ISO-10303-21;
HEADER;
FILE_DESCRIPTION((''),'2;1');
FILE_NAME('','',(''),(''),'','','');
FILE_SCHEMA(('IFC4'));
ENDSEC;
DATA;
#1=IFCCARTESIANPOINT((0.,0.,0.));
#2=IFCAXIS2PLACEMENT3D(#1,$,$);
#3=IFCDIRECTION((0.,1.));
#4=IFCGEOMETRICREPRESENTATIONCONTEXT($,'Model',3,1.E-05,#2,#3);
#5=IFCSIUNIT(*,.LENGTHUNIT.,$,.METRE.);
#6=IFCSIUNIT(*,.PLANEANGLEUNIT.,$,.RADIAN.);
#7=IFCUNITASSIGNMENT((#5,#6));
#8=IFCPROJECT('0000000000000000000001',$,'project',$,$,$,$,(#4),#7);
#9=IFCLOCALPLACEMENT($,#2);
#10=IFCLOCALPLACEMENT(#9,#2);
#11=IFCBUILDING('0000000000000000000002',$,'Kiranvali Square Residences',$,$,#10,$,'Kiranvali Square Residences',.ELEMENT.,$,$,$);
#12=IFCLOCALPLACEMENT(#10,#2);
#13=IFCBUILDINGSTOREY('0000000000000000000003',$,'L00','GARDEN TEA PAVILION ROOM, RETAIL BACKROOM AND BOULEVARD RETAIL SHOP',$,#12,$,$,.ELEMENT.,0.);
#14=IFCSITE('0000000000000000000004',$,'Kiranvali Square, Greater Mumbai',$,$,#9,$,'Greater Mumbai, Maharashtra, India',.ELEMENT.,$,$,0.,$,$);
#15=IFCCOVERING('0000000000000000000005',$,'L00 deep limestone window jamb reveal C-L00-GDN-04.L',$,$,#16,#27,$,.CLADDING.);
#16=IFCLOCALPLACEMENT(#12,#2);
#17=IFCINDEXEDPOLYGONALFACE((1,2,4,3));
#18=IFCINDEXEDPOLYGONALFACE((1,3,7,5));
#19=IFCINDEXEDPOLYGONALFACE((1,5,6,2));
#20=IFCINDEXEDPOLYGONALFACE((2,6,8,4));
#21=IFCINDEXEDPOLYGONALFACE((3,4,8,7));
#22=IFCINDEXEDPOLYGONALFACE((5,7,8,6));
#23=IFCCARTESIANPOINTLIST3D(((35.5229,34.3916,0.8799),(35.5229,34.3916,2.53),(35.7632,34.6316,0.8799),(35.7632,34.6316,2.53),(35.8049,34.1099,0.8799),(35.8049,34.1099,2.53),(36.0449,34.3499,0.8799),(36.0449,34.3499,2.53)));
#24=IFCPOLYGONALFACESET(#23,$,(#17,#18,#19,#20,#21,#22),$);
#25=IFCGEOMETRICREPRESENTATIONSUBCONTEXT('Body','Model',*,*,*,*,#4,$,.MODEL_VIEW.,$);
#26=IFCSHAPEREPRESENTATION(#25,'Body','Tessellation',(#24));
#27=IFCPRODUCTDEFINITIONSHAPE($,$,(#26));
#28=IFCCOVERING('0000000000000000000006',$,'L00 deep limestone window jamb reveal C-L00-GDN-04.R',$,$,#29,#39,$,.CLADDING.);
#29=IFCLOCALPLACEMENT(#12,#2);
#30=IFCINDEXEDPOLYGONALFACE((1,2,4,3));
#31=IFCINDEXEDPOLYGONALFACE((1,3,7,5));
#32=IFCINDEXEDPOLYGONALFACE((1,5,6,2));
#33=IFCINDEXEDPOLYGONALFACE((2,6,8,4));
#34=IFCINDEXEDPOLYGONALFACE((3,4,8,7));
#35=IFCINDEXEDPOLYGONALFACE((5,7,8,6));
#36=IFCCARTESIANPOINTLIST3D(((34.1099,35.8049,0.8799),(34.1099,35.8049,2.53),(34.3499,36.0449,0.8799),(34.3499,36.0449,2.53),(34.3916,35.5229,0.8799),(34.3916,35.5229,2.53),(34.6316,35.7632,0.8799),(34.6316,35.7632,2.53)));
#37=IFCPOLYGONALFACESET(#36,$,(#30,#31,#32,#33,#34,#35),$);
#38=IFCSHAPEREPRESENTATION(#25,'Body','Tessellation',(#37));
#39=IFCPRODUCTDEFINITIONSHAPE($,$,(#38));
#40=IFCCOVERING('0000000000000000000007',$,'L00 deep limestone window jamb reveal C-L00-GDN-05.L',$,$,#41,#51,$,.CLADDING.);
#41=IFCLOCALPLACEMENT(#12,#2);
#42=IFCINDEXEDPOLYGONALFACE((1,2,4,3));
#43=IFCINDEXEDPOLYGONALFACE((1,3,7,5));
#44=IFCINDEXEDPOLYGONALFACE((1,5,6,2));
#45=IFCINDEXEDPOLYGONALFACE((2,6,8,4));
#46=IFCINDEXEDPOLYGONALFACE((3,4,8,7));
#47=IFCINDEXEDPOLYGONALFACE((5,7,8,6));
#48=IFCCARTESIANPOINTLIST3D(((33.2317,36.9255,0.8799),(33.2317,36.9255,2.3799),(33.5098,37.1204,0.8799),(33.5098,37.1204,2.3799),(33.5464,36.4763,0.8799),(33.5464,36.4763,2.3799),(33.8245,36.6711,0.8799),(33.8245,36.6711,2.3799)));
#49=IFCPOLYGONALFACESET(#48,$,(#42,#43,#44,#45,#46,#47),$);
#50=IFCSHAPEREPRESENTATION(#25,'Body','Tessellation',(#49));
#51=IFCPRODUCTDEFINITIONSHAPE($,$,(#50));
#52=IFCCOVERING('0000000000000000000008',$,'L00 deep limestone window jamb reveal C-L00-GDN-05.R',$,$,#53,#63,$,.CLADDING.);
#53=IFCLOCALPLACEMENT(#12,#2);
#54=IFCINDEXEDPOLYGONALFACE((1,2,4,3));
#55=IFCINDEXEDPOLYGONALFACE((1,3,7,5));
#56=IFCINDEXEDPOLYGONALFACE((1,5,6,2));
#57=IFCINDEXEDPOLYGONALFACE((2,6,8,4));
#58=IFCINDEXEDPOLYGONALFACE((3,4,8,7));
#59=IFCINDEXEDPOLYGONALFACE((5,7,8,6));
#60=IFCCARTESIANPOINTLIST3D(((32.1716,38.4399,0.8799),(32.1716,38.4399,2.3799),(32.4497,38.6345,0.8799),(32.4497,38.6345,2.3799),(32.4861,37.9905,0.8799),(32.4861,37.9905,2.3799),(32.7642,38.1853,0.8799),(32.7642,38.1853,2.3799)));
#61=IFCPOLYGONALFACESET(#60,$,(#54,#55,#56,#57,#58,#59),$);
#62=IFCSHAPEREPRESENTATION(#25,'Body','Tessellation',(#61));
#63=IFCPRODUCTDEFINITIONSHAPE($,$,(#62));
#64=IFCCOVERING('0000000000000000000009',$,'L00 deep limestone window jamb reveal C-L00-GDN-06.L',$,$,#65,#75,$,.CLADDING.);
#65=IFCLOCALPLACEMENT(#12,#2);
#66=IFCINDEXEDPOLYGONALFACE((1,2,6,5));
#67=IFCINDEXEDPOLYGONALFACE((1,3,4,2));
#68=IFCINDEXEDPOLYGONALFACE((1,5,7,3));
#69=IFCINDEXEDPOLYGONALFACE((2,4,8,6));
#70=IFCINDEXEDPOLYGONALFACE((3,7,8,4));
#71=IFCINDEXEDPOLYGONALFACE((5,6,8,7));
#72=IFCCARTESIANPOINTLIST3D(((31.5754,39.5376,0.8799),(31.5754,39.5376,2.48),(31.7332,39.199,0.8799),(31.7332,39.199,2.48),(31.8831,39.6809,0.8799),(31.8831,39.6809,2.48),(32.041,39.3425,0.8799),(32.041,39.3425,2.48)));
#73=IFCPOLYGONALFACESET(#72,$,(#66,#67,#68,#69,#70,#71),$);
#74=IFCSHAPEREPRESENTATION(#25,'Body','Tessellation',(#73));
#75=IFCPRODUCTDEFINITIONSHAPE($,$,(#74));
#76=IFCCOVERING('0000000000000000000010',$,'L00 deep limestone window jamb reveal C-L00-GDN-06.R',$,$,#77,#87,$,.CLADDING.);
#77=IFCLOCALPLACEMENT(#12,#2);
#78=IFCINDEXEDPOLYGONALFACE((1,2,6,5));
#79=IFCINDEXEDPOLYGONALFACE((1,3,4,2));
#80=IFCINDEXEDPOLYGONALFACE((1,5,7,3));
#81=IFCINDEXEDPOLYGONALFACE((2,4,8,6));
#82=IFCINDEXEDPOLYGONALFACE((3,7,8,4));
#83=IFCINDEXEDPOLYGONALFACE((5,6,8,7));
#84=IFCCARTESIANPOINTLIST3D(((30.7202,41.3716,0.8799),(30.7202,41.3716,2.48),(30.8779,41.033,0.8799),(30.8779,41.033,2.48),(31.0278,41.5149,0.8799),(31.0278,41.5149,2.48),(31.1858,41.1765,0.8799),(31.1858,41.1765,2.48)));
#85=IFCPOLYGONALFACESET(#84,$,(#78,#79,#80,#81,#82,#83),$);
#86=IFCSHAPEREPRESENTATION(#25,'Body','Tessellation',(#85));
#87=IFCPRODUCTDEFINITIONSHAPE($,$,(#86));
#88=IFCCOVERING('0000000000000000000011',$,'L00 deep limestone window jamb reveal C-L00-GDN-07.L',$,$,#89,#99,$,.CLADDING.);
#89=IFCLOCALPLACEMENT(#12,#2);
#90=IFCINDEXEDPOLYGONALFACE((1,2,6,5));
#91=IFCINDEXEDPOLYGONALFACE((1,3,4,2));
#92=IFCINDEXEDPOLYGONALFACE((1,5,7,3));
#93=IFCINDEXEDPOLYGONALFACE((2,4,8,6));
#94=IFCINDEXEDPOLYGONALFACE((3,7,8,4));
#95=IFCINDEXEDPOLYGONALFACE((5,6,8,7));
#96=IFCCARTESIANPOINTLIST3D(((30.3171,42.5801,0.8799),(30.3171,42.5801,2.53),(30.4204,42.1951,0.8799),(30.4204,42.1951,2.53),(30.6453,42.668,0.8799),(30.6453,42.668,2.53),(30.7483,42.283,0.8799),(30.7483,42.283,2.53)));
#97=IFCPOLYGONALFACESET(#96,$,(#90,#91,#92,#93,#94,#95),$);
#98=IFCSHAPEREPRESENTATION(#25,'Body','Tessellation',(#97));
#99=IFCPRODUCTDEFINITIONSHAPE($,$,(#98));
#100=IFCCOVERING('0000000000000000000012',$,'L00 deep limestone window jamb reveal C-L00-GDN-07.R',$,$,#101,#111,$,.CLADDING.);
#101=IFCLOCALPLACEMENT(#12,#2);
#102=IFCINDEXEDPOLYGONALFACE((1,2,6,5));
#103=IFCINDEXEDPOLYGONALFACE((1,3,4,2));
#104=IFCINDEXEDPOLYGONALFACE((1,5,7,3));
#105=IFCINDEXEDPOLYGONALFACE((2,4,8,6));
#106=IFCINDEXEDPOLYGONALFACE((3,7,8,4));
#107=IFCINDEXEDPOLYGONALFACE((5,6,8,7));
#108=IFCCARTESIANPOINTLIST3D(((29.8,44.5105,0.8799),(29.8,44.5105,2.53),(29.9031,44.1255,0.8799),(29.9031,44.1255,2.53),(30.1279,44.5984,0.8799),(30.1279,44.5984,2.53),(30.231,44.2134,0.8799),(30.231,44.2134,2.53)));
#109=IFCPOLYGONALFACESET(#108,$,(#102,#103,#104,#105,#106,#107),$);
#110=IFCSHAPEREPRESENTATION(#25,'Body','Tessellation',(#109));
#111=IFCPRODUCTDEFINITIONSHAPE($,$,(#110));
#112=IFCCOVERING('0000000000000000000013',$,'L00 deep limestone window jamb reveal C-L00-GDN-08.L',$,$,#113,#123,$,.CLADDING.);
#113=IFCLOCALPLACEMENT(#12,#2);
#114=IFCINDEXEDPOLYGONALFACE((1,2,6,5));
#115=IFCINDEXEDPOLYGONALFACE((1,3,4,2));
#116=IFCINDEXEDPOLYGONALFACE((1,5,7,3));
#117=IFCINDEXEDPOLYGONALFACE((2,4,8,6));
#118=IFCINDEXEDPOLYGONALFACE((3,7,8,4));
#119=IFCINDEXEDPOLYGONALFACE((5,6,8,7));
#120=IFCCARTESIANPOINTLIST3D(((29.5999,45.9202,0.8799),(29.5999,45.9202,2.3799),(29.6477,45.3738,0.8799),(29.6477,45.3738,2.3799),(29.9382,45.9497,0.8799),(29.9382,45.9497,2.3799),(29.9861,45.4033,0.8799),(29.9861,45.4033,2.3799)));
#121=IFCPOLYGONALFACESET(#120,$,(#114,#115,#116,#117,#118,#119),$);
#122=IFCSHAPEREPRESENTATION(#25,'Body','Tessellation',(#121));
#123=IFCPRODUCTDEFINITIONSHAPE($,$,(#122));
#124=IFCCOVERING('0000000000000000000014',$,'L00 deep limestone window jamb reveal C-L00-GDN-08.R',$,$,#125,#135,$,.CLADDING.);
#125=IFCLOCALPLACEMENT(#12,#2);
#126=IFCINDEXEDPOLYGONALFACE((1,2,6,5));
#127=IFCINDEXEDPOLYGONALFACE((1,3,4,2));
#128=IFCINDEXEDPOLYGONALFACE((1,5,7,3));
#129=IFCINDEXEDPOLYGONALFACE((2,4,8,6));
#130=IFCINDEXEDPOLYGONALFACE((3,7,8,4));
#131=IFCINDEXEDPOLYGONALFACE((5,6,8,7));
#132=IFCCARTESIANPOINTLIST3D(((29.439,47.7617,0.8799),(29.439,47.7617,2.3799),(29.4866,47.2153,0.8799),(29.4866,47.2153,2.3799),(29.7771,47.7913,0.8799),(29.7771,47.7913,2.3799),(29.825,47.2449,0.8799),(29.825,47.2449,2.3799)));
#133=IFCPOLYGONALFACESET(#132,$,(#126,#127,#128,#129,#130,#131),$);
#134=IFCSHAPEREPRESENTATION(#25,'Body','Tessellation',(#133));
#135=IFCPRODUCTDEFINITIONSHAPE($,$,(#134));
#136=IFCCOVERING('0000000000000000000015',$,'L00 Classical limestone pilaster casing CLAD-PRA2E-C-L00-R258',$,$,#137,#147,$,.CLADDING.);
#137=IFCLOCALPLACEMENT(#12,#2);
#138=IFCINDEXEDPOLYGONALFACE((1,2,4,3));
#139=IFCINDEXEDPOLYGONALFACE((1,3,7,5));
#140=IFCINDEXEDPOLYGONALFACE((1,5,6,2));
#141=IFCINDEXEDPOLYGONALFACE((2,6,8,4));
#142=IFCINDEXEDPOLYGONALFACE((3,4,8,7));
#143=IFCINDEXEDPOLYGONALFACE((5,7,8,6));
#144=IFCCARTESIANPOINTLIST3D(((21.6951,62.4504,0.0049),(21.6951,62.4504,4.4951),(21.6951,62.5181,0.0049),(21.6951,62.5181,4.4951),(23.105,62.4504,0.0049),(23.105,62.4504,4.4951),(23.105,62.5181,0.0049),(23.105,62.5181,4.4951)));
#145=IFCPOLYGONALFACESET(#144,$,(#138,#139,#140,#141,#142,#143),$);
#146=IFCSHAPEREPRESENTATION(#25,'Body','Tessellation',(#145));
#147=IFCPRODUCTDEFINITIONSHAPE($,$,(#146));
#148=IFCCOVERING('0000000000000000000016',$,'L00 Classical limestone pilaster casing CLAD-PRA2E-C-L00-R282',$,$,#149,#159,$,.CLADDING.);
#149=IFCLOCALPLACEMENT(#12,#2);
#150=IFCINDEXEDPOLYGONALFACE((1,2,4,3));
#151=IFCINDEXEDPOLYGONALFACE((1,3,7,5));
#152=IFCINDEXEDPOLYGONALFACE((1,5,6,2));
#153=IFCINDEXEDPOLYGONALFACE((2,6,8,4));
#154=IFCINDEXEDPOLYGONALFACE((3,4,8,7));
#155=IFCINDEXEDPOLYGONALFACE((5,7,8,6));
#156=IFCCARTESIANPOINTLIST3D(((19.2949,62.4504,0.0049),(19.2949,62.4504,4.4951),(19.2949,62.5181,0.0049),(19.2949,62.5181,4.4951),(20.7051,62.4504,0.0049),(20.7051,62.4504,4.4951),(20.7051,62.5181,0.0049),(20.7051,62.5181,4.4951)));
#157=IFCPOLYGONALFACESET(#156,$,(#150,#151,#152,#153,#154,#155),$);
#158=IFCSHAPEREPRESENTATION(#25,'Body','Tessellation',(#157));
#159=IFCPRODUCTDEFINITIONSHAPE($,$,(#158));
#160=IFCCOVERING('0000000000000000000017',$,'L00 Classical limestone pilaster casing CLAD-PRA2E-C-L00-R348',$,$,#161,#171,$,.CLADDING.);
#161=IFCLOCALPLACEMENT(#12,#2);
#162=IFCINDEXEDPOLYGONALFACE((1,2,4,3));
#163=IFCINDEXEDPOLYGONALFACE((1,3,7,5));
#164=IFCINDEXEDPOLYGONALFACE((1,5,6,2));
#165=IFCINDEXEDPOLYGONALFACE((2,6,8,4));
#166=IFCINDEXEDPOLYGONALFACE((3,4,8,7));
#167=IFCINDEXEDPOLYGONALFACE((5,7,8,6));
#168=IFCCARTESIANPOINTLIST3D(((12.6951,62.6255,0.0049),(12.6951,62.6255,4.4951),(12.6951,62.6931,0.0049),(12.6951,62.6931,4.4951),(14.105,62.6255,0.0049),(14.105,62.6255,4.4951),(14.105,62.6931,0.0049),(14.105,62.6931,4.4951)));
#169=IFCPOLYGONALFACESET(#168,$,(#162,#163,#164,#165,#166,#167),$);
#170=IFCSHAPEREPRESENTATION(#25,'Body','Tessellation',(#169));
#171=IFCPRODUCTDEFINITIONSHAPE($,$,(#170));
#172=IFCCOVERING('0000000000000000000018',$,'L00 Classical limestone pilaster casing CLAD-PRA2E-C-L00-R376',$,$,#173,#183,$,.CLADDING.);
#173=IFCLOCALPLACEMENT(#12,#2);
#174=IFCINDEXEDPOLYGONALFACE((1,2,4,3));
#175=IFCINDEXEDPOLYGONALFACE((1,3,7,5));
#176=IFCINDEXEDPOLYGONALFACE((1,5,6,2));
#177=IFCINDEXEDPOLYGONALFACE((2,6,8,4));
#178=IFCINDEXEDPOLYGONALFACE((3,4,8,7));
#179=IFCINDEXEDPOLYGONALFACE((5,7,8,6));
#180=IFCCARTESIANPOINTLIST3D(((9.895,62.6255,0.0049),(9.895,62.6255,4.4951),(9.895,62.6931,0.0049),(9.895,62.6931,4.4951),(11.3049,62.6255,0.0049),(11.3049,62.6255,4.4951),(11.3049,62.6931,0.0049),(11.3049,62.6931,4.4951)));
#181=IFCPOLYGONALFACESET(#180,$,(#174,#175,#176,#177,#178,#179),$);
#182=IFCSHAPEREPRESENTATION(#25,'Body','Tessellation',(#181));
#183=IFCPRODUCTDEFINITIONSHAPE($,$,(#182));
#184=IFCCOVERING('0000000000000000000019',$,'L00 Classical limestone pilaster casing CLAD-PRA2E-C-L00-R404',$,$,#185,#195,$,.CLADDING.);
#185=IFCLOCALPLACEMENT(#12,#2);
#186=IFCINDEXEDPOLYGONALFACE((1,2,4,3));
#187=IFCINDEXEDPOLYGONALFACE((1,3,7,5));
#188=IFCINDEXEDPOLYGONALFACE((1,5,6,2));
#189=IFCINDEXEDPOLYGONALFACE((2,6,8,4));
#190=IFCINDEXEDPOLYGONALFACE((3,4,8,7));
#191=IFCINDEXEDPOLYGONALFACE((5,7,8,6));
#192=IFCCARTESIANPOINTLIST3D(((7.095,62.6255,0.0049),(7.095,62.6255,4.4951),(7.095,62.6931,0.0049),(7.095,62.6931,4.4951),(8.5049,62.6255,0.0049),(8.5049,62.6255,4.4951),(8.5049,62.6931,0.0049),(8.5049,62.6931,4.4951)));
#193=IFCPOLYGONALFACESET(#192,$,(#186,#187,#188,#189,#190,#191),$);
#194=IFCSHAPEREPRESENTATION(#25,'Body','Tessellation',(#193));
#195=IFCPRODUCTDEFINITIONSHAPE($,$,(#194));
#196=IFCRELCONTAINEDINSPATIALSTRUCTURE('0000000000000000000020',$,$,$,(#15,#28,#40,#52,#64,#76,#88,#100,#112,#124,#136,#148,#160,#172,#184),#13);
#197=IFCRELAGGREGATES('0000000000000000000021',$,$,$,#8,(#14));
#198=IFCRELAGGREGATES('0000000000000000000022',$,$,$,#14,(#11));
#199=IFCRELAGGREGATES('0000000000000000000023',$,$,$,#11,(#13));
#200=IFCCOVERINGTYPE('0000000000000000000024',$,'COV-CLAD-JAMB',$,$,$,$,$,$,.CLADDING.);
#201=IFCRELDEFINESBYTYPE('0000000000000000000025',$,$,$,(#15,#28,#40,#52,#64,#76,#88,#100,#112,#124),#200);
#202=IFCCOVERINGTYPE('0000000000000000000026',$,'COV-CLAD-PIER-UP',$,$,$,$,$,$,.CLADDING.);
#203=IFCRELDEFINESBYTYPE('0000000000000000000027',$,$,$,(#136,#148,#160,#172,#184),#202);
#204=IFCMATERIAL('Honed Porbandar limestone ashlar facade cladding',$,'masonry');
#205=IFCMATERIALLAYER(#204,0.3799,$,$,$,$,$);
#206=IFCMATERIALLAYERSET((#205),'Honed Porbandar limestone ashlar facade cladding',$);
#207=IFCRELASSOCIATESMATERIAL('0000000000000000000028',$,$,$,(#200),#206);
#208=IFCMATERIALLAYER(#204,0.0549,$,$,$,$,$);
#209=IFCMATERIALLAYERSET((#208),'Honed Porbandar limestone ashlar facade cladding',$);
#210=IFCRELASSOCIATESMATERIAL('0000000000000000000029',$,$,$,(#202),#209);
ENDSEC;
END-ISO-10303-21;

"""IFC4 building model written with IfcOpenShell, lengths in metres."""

from ifc_helpers import new_model, si_unit, direction, frame, origin, place, context, subcontext, project, spatial, polyline, outline, extrude, material, layer, layer_set, type_object, element, save


model = new_model("IFC4")

# Units and contexts
model_context = context("Model", 3, precision=1e-05, world=origin(), true_north=direction((0.0, 1.0)))
body_context = subcontext(model_context, "Body", "Model", "MODEL_VIEW")
ifc_project = project(units=[si_unit("LENGTHUNIT", "METRE"), si_unit("PLANEANGLEUNIT", "RADIAN")], contexts=[model_context])

# Site, building, storey
site_placement = place(None, origin())
site = spatial("IfcSite", under=ifc_project, at=site_placement, Name="Kiranvali Square, Greater Mumbai", LongName="Greater Mumbai, Maharashtra, India", CompositionType="ELEMENT", RefElevation=0.0)
building_placement = place(site_placement, origin())
building = spatial("IfcBuilding", under=site, at=building_placement, Name="Kiranvali Square Residences", LongName="Kiranvali Square Residences", CompositionType="ELEMENT")
storey_placement = place(building_placement, origin())
storey = spatial("IfcBuildingStorey", under=building, at=storey_placement, Name="L00", Description="GARDEN TEA PAVILION ROOM, RETAIL BACKROOM AND BOULEVARD RETAIL SHOP", CompositionType="ELEMENT", Elevation=0.0)

# Coverings
ifc_material = material(Name="Honed Porbandar limestone ashlar facade cladding", Category="masonry")
ifc_layer_1 = layer(ifc_material, 0.3799)
ifc_layer_set_1 = layer_set([ifc_layer_1], Name="Honed Porbandar limestone ashlar facade cladding")
covering_type_1 = type_object("IfcCoveringType", Name="COV-CLAD-JAMB", PredefinedType="CLADDING", material=ifc_layer_set_1)
covering_1_placement = place(storey_placement, frame((0.0, 0.0, 0.8799)))
element("IfcCovering", 1, at=covering_1_placement, inside=storey, type_object=covering_type_1, Name="L00 deep limestone window jamb reveal C-L00-GDN-04.L", PredefinedType="CLADDING", context=body_context, shape_type="SweptSolid", body=[
    extrude(outline(polyline([(36.0449, 34.3499), (35.7632, 34.6316), (35.5229, 34.3916), (35.8049, 34.1099), (36.0449, 34.3499)])), origin(), (0.0, 0.0, 1.0), 1.6501),
])
covering_2_placement = place(storey_placement, frame((0.0, 0.0, 0.8799)))
element("IfcCovering", 2, at=covering_2_placement, inside=storey, type_object=covering_type_1, Name="L00 deep limestone window jamb reveal C-L00-GDN-04.R", PredefinedType="CLADDING", context=body_context, shape_type="SweptSolid", body=[
    extrude(outline(polyline([(34.6316, 35.7632), (34.3499, 36.0449), (34.1099, 35.8049), (34.3916, 35.5229), (34.6316, 35.7632)])), origin(), (0.0, 0.0, 1.0), 1.6501),
])
covering_3_placement = place(storey_placement, frame((0.0, 0.0, 0.8799)))
element("IfcCovering", 3, at=covering_3_placement, inside=storey, type_object=covering_type_1, Name="L00 deep limestone window jamb reveal C-L00-GDN-05.L", PredefinedType="CLADDING", context=body_context, shape_type="SweptSolid", body=[
    extrude(outline(polyline([(33.8245, 36.6711), (33.5098, 37.1204), (33.2317, 36.9255), (33.5464, 36.4763), (33.8245, 36.6711)])), origin(), (0.0, 0.0, 1.0), 1.5),
])
covering_4_placement = place(storey_placement, frame((0.0, 0.0, 0.8799)))
element("IfcCovering", 4, at=covering_4_placement, inside=storey, type_object=covering_type_1, Name="L00 deep limestone window jamb reveal C-L00-GDN-05.R", PredefinedType="CLADDING", context=body_context, shape_type="SweptSolid", body=[
    extrude(outline(polyline([(32.7642, 38.1853), (32.4497, 38.6345), (32.1716, 38.4399), (32.4861, 37.9905), (32.7642, 38.1853)])), origin(), (0.0, 0.0, 1.0), 1.5),
])
covering_5_placement = place(storey_placement, frame((0.0, 0.0, 0.8799)))
element("IfcCovering", 5, at=covering_5_placement, inside=storey, type_object=covering_type_1, Name="L00 deep limestone window jamb reveal C-L00-GDN-06.L", PredefinedType="CLADDING", context=body_context, shape_type="SweptSolid", body=[
    extrude(outline(polyline([(32.041, 39.3425), (31.8831, 39.6809), (31.5754, 39.5376), (31.7332, 39.199), (32.041, 39.3425)])), origin(), (0.0, 0.0, 1.0), 1.6001),
])
covering_6_placement = place(storey_placement, frame((0.0, 0.0, 0.8799)))
element("IfcCovering", 6, at=covering_6_placement, inside=storey, type_object=covering_type_1, Name="L00 deep limestone window jamb reveal C-L00-GDN-06.R", PredefinedType="CLADDING", context=body_context, shape_type="SweptSolid", body=[
    extrude(outline(polyline([(31.1858, 41.1765), (31.0278, 41.5149), (30.7202, 41.3716), (30.8779, 41.033), (31.1858, 41.1765)])), origin(), (0.0, 0.0, 1.0), 1.6001),
])
covering_7_placement = place(storey_placement, frame((0.0, 0.0, 0.8799)))
element("IfcCovering", 7, at=covering_7_placement, inside=storey, type_object=covering_type_1, Name="L00 deep limestone window jamb reveal C-L00-GDN-07.L", PredefinedType="CLADDING", context=body_context, shape_type="SweptSolid", body=[
    extrude(outline(polyline([(30.7483, 42.283), (30.6453, 42.668), (30.3171, 42.5801), (30.4204, 42.1951), (30.7483, 42.283)])), origin(), (0.0, 0.0, 1.0), 1.6501),
])
covering_8_placement = place(storey_placement, frame((0.0, 0.0, 0.8799)))
element("IfcCovering", 8, at=covering_8_placement, inside=storey, type_object=covering_type_1, Name="L00 deep limestone window jamb reveal C-L00-GDN-07.R", PredefinedType="CLADDING", context=body_context, shape_type="SweptSolid", body=[
    extrude(outline(polyline([(30.231, 44.2134), (30.1279, 44.5984), (29.8, 44.5105), (29.9031, 44.1255), (30.231, 44.2134)])), origin(), (0.0, 0.0, 1.0), 1.6501),
])
covering_9_placement = place(storey_placement, frame((0.0, 0.0, 0.8799)))
element("IfcCovering", 9, at=covering_9_placement, inside=storey, type_object=covering_type_1, Name="L00 deep limestone window jamb reveal C-L00-GDN-08.L", PredefinedType="CLADDING", context=body_context, shape_type="SweptSolid", body=[
    extrude(outline(polyline([(29.9861, 45.4033), (29.9382, 45.9497), (29.5999, 45.9202), (29.6477, 45.3738), (29.9861, 45.4033)])), origin(), (0.0, 0.0, 1.0), 1.5),
])
covering_10_placement = place(storey_placement, frame((0.0, 0.0, 0.8799)))
element("IfcCovering", 10, at=covering_10_placement, inside=storey, type_object=covering_type_1, Name="L00 deep limestone window jamb reveal C-L00-GDN-08.R", PredefinedType="CLADDING", context=body_context, shape_type="SweptSolid", body=[
    extrude(outline(polyline([(29.825, 47.2449), (29.7771, 47.7913), (29.439, 47.7617), (29.4866, 47.2153), (29.825, 47.2449)])), origin(), (0.0, 0.0, 1.0), 1.5),
])
ifc_layer_2 = layer(ifc_material, 0.0549)
ifc_layer_set_2 = layer_set([ifc_layer_2], Name="Honed Porbandar limestone ashlar facade cladding")
covering_type_2 = type_object("IfcCoveringType", Name="COV-CLAD-PIER-UP", PredefinedType="CLADDING", material=ifc_layer_set_2)
covering_11_placement = place(storey_placement, frame((0.0, 0.0, 0.0049)))
element("IfcCovering", 11, at=covering_11_placement, inside=storey, type_object=covering_type_2, Name="L00 Classical limestone pilaster casing CLAD-PRA2E-C-L00-R258", PredefinedType="CLADDING", context=body_context, shape_type="SweptSolid", body=[
    extrude(outline(polyline([(23.105, 62.5181), (21.6951, 62.5181), (21.6951, 62.4504), (23.105, 62.4504), (23.105, 62.5181)])), origin(), (0.0, 0.0, 1.0), 4.4902),
])
covering_12_placement = place(storey_placement, frame((0.0, 0.0, 0.0049)))
element("IfcCovering", 12, at=covering_12_placement, inside=storey, type_object=covering_type_2, Name="L00 Classical limestone pilaster casing CLAD-PRA2E-C-L00-R282", PredefinedType="CLADDING", context=body_context, shape_type="SweptSolid", body=[
    extrude(outline(polyline([(20.7051, 62.5181), (19.2949, 62.5181), (19.2949, 62.4504), (20.7051, 62.4504), (20.7051, 62.5181)])), origin(), (0.0, 0.0, 1.0), 4.4902),
])
covering_13_placement = place(storey_placement, frame((0.0, 0.0, 0.0049)))
element("IfcCovering", 13, at=covering_13_placement, inside=storey, type_object=covering_type_2, Name="L00 Classical limestone pilaster casing CLAD-PRA2E-C-L00-R348", PredefinedType="CLADDING", context=body_context, shape_type="SweptSolid", body=[
    extrude(outline(polyline([(14.105, 62.6931), (12.6951, 62.6931), (12.6951, 62.6255), (14.105, 62.6255), (14.105, 62.6931)])), origin(), (0.0, 0.0, 1.0), 4.4902),
])
covering_14_placement = place(storey_placement, frame((0.0, 0.0, 0.0049)))
element("IfcCovering", 14, at=covering_14_placement, inside=storey, type_object=covering_type_2, Name="L00 Classical limestone pilaster casing CLAD-PRA2E-C-L00-R376", PredefinedType="CLADDING", context=body_context, shape_type="SweptSolid", body=[
    extrude(outline(polyline([(11.3049, 62.6931), (9.895, 62.6931), (9.895, 62.6255), (11.3049, 62.6255), (11.3049, 62.6931)])), origin(), (0.0, 0.0, 1.0), 4.4902),
])
covering_15_placement = place(storey_placement, frame((0.0, 0.0, 0.0049)))
element("IfcCovering", 15, at=covering_15_placement, inside=storey, type_object=covering_type_2, Name="L00 Classical limestone pilaster casing CLAD-PRA2E-C-L00-R404", PredefinedType="CLADDING", context=body_context, shape_type="SweptSolid", body=[
    extrude(outline(polyline([(8.5049, 62.6931), (7.095, 62.6931), (7.095, 62.6255), (8.5049, 62.6255), (8.5049, 62.6931)])), origin(), (0.0, 0.0, 1.0), 4.4902),
])

save(model, "model.ifc")
